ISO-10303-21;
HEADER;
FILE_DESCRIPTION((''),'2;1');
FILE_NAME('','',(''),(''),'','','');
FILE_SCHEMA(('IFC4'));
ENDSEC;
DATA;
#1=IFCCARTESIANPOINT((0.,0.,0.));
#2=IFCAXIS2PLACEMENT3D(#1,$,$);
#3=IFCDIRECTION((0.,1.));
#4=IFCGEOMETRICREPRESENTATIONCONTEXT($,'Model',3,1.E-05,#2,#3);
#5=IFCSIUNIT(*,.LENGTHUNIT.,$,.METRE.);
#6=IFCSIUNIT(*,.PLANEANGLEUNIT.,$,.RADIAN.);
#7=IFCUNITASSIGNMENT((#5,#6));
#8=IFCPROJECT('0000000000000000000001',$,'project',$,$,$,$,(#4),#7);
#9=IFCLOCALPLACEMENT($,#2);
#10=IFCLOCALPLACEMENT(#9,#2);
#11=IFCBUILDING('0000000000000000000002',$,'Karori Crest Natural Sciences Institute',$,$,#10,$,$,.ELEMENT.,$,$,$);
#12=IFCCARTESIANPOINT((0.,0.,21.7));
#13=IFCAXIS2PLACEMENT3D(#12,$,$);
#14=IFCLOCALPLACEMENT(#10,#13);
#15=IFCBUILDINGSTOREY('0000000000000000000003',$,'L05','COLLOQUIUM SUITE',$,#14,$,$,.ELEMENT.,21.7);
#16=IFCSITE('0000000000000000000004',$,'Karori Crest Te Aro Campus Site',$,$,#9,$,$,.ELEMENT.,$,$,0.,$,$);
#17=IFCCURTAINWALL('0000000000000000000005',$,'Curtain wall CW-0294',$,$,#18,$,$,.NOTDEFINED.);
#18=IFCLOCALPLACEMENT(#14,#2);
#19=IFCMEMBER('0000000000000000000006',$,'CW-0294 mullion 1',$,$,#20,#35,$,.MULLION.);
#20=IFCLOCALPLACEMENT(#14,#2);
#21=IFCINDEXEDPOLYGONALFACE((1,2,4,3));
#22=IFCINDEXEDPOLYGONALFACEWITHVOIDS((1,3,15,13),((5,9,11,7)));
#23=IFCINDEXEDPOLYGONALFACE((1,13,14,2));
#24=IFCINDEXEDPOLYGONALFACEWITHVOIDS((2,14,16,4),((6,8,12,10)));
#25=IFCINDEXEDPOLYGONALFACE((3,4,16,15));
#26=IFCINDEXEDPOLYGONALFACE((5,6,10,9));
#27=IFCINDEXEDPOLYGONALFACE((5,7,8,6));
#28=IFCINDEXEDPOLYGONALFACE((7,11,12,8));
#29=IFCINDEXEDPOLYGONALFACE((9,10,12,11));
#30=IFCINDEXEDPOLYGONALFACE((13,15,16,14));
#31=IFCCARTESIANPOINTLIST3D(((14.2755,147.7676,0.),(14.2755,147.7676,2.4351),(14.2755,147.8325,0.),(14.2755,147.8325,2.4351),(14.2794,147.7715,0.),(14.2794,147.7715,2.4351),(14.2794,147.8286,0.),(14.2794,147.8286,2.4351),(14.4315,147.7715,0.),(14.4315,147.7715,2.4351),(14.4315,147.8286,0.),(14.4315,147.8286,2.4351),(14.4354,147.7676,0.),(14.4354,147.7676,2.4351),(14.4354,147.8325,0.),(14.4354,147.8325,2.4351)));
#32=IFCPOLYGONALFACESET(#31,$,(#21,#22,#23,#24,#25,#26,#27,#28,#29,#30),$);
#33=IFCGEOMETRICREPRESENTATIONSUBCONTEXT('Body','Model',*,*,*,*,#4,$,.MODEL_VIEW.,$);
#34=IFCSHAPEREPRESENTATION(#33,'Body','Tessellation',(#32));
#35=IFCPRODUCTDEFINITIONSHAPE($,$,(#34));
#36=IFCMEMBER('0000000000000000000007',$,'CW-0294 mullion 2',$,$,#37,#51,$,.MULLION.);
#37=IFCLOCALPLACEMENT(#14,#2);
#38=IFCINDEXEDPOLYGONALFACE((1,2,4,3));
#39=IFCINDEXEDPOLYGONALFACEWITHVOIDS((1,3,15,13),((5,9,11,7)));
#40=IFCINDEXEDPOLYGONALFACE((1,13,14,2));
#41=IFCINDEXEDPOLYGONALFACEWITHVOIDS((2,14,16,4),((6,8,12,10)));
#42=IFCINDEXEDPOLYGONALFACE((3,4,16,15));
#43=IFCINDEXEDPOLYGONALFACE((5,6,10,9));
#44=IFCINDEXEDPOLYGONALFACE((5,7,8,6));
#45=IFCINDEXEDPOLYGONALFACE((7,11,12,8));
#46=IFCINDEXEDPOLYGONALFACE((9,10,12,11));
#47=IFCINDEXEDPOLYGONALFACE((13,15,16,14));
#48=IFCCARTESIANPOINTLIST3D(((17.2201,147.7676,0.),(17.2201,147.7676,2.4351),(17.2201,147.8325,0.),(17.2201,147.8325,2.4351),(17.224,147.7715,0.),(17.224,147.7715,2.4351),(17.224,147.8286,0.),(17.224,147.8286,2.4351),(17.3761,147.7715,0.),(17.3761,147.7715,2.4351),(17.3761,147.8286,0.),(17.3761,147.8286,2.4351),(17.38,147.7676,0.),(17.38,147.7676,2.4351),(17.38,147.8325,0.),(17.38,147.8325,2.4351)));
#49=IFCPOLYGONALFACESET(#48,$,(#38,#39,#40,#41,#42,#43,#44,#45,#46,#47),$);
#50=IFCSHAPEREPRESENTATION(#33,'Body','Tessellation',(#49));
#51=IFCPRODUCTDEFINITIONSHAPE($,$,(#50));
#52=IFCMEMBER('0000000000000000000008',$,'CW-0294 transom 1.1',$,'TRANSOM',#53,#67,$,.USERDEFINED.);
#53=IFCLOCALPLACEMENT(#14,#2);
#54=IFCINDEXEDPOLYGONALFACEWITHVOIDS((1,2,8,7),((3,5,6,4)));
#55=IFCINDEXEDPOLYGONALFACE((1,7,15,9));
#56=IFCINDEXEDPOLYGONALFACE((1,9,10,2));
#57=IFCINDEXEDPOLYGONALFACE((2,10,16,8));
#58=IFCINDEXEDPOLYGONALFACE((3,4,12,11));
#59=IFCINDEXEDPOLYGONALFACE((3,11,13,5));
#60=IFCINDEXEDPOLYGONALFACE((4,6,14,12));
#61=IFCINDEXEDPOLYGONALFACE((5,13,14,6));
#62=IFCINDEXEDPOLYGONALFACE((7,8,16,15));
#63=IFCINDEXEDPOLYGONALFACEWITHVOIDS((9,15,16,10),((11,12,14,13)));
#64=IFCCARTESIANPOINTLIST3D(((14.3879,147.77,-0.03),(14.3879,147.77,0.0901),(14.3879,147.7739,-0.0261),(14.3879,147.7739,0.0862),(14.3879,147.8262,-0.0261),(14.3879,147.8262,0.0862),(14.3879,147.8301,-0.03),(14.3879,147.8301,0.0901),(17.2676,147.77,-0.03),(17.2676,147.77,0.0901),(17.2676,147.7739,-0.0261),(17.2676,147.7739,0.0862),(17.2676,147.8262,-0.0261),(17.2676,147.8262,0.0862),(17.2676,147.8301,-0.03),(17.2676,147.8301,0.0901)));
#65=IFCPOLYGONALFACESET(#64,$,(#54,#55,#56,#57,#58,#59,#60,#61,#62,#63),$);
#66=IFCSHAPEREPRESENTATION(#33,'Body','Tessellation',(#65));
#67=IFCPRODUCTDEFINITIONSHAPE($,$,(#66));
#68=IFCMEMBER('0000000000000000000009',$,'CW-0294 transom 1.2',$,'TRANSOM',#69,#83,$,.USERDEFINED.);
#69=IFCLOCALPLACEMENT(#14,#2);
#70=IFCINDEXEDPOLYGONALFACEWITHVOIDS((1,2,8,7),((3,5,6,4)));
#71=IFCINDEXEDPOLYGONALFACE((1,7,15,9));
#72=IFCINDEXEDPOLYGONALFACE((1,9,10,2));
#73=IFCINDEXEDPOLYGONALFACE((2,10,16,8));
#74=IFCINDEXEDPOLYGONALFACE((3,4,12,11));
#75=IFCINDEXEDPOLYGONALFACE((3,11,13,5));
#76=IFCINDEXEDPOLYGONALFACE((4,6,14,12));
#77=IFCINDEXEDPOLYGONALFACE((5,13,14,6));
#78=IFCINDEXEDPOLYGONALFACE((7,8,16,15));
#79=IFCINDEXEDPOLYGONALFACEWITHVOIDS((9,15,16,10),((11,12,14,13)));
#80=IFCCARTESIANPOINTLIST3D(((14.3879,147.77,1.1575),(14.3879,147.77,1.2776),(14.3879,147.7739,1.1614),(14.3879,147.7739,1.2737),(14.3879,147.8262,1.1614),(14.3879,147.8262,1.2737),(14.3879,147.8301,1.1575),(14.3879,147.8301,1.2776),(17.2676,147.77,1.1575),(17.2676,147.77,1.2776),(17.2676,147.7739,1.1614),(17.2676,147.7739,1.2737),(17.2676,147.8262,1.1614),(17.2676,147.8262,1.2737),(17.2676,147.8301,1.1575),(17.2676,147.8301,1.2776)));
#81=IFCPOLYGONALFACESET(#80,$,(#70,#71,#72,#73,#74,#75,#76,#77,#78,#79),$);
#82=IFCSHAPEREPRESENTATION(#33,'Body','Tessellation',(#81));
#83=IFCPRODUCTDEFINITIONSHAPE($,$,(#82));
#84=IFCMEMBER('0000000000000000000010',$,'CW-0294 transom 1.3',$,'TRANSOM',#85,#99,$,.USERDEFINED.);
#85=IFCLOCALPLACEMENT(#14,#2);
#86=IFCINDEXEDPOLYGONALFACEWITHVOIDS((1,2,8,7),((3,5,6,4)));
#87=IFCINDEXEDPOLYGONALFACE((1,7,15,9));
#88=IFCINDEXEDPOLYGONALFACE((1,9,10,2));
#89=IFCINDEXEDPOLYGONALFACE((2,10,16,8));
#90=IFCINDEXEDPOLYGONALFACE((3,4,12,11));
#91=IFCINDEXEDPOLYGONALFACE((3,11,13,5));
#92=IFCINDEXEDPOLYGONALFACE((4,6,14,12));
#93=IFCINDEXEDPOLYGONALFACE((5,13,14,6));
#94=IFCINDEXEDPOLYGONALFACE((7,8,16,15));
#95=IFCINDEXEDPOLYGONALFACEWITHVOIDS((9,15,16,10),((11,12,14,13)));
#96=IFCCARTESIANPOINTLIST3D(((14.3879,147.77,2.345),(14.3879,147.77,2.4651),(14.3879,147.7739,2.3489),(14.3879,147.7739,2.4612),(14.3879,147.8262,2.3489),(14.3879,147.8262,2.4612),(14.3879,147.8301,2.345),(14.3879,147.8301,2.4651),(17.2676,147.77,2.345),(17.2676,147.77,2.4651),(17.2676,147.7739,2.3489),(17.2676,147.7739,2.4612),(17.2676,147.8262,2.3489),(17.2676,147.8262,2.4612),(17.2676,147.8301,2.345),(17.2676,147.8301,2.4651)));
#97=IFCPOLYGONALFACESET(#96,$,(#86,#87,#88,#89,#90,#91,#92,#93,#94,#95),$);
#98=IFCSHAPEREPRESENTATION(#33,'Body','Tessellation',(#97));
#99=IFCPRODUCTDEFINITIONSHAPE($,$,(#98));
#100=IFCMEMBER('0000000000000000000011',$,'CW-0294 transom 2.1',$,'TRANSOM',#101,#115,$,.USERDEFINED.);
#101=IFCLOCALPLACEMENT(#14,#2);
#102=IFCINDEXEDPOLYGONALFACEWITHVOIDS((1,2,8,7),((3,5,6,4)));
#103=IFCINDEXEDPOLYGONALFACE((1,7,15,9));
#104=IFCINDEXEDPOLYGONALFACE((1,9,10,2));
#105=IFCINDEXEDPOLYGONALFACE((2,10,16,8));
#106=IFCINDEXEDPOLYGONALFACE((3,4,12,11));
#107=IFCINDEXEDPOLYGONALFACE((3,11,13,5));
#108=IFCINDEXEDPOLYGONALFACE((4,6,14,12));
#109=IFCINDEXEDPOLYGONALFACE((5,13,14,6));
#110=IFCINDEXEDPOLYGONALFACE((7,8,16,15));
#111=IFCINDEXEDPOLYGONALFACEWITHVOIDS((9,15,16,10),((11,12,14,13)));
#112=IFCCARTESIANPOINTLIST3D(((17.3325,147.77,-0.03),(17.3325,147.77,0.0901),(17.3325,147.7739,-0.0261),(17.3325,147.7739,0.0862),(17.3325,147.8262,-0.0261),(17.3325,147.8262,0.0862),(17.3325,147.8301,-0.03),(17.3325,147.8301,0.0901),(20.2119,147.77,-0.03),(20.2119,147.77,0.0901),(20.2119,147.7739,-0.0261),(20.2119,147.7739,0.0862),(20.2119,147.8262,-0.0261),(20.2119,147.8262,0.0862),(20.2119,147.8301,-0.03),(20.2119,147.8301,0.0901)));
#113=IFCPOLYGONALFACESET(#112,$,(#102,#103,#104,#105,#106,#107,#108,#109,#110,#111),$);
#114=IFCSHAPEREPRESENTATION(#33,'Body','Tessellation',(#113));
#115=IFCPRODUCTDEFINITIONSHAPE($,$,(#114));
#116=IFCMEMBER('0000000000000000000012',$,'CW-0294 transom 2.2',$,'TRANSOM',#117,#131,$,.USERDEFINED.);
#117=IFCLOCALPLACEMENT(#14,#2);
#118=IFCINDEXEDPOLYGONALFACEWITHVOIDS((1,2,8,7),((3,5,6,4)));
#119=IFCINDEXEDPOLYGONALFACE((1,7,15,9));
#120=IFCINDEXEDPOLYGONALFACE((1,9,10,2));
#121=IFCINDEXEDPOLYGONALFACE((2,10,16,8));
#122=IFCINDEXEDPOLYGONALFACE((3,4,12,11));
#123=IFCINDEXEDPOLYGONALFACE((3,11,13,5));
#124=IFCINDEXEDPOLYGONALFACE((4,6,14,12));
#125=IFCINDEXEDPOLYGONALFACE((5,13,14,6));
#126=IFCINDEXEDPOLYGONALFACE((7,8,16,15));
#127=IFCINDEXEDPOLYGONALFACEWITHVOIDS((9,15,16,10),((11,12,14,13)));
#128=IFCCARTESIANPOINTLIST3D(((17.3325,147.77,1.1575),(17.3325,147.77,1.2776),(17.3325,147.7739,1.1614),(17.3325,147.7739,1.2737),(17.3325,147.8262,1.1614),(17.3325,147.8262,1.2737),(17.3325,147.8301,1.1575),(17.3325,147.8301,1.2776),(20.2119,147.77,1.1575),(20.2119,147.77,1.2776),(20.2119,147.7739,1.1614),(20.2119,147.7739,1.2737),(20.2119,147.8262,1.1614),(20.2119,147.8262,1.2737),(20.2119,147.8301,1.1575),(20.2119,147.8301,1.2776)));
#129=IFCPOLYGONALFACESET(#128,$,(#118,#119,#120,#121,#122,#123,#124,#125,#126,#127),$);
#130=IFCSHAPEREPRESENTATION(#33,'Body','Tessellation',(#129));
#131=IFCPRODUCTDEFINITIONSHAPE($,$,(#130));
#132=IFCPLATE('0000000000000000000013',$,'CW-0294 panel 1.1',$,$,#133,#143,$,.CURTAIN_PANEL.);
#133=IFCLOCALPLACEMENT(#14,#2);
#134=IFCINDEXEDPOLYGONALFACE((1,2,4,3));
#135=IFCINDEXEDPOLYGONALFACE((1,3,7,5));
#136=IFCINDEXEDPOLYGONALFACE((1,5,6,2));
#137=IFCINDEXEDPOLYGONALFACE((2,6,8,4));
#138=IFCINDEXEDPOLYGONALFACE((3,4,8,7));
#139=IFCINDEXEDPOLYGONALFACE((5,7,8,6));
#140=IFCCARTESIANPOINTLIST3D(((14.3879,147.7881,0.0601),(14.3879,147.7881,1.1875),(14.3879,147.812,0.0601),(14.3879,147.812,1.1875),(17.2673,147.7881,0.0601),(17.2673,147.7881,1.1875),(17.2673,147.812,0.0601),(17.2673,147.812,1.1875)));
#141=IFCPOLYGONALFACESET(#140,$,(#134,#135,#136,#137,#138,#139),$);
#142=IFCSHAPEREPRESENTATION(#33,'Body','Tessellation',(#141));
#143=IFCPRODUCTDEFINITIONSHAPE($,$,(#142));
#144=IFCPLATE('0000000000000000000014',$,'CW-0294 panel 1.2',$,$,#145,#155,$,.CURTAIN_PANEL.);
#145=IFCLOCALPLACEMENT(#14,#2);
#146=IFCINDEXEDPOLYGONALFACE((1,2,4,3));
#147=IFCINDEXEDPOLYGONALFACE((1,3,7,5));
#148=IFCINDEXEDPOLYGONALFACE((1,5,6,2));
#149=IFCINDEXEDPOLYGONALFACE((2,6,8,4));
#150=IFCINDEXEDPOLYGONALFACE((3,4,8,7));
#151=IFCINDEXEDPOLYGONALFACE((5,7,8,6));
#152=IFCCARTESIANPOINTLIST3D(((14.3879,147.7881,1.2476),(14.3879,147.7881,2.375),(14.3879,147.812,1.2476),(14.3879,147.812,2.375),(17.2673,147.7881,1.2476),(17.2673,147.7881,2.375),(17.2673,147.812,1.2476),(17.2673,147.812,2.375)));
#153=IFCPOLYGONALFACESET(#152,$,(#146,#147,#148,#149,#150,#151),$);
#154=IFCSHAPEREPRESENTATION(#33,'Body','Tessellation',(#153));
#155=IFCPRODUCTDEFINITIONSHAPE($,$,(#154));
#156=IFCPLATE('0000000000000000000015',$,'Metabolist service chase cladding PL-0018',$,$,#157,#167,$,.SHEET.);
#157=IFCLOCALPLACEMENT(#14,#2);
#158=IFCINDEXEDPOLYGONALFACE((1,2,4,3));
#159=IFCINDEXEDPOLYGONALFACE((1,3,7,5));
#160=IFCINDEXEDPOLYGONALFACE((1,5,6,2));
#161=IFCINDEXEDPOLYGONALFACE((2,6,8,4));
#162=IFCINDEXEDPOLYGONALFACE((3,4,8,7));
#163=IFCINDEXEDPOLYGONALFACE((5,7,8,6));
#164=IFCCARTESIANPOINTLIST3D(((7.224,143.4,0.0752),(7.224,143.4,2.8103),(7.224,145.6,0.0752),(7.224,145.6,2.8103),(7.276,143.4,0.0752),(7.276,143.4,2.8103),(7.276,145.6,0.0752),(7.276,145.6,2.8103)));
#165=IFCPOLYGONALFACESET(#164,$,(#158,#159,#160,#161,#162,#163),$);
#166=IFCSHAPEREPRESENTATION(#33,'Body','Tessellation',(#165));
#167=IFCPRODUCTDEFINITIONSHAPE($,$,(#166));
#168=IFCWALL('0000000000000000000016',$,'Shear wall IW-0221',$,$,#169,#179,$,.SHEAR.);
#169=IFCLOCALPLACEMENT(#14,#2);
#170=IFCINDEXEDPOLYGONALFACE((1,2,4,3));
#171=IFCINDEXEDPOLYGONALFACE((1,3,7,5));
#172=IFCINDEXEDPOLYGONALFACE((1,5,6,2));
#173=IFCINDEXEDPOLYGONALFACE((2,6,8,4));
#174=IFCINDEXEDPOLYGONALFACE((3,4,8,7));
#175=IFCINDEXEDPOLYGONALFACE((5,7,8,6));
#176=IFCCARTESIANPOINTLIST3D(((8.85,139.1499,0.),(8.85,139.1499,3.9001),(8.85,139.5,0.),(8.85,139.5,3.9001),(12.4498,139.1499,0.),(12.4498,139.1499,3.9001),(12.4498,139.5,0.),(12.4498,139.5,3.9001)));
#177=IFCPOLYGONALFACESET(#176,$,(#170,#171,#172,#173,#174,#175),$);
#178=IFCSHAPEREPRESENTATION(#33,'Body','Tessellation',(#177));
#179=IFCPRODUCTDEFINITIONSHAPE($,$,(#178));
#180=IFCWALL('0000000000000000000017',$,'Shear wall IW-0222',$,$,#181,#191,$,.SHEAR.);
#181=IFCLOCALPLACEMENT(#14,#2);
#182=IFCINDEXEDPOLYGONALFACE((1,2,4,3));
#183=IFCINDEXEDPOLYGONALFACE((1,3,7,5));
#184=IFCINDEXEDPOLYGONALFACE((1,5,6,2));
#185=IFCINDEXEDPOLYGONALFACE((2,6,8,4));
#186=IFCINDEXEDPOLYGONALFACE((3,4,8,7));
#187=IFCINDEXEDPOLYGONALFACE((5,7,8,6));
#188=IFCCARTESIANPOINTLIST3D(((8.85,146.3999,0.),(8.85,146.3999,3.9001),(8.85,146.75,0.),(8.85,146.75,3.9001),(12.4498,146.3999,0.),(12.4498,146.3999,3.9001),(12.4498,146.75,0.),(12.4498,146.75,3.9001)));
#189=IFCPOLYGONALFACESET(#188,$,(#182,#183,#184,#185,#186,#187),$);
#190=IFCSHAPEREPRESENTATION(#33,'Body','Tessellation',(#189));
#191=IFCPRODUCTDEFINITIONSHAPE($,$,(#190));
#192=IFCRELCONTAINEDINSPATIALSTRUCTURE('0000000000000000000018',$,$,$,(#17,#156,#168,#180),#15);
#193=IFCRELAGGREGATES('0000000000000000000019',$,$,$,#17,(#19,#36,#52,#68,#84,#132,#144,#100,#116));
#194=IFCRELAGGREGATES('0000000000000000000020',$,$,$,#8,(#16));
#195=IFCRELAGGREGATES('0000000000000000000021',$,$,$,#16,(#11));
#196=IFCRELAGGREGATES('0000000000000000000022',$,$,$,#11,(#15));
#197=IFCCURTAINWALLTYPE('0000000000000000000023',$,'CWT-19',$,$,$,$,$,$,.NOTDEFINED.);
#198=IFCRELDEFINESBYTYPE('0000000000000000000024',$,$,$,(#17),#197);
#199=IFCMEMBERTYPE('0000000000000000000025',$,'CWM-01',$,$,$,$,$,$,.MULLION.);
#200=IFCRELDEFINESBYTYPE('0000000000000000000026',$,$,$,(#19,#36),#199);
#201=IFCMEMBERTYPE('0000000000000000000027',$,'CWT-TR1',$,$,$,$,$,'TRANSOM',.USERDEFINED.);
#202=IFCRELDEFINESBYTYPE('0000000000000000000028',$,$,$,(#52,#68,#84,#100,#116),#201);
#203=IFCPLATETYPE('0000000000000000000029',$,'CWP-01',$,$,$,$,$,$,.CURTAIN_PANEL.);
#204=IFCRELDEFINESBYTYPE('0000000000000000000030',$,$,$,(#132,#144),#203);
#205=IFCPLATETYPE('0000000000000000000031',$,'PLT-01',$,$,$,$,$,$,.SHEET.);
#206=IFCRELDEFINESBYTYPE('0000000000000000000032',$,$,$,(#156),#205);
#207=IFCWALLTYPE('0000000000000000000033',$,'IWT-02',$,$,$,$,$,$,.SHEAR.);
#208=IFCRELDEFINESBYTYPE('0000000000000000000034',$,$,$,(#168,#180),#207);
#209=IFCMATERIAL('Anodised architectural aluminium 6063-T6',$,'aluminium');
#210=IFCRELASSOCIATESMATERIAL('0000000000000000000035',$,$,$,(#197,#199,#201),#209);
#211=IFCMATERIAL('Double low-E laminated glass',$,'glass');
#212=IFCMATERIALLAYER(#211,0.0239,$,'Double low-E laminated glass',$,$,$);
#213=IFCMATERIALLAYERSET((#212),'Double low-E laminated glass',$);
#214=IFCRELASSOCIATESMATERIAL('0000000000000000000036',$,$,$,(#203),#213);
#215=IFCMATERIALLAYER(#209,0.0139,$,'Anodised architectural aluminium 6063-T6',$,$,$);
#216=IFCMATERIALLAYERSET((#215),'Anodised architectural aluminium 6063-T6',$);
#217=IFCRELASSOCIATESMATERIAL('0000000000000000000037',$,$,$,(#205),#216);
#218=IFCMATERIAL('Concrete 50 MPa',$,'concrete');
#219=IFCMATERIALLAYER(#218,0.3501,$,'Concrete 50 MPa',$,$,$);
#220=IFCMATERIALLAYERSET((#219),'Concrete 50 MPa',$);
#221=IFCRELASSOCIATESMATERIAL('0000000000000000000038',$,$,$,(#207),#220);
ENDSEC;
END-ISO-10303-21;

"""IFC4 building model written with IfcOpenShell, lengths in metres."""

from ifc_helpers import new_model, si_unit, direction, frame, frame_2d, origin, origin_2d, place, context, subcontext, project, spatial, rectangle, hollow_rectangle, extrude, material, layer, layer_set, material_profile, profile_set, type_object, element, aggregate, save


model = new_model("IFC4")

# Units and contexts
model_context = context("Model", 3, precision=1e-05, world=origin(), true_north=direction((0.0, 1.0)))
body_context = subcontext(model_context, "Body", "Model", "MODEL_VIEW")
ifc_project = project(units=[si_unit("LENGTHUNIT", "METRE"), si_unit("PLANEANGLEUNIT", "RADIAN")], contexts=[model_context])

# Site, building, storey
site_placement = place(None, origin())
site = spatial("IfcSite", under=ifc_project, at=site_placement, Name="Karori Crest Te Aro Campus Site", CompositionType="ELEMENT", RefElevation=0.0)
building_placement = place(site_placement, origin())
building = spatial("IfcBuilding", under=site, at=building_placement, Name="Karori Crest Natural Sciences Institute", CompositionType="ELEMENT")
storey_placement = place(building_placement, frame((0.0, 0.0, 21.7)))
storey = spatial("IfcBuildingStorey", under=building, at=storey_placement, Name="L05", Description="COLLOQUIUM SUITE", CompositionType="ELEMENT", Elevation=21.7)

# Shared definitions
ifc_material_1 = material(Name="Concrete 50 MPa", Category="concrete")

# Curtain wall, members, plates
ifc_material_2 = material(Name="Anodised architectural aluminium 6063-T6", Category="aluminium")
curtain_wall_type = type_object("IfcCurtainWallType", Name="CWT-19", PredefinedType="NOTDEFINED", material=ifc_material_2)
curtain_wall_placement = place(storey_placement, origin())
curtain_wall = element("IfcCurtainWall", 1, at=curtain_wall_placement, inside=storey, type_object=curtain_wall_type, Name="Curtain wall CW-0294", PredefinedType="NOTDEFINED")
ifc_material_profile_1 = material_profile(ifc_material_2, hollow_rectangle(XDim=0.0649, YDim=0.1599, WallThickness=0.0039, at=origin_2d()), Name="CWM160x65x4")
ifc_profile_set_1 = profile_set([ifc_material_profile_1], Name="Anodised architectural aluminium 6063-T6")
member_type_1 = type_object("IfcMemberType", Name="CWM-01", PredefinedType="MULLION", material=ifc_profile_set_1)
member_1_placement = place(storey_placement, frame((14.3555, 147.8, 0.0), z_axis=(0.0, 0.0, 1.0), x_axis=(0.0, 1.0, 0.0)))
member_1 = element("IfcMember", 2, at=member_1_placement, type_object=member_type_1, Name="CW-0294 mullion 1", PredefinedType="MULLION", context=body_context, shape_type="SweptSolid", body=[
    extrude(hollow_rectangle(XDim=0.0649, YDim=0.1599, WallThickness=0.0039, at=origin_2d()), origin(), (0.0, 0.0, 1.0), 2.4351),
])
member_2_placement = place(storey_placement, frame((17.3, 147.8, 0.0), z_axis=(0.0, 0.0, 1.0), x_axis=(0.0, 1.0, 0.0)))
member_2 = element("IfcMember", 3, at=member_2_placement, type_object=member_type_1, Name="CW-0294 mullion 2", PredefinedType="MULLION", context=body_context, shape_type="SweptSolid", body=[
    extrude(hollow_rectangle(XDim=0.0649, YDim=0.1599, WallThickness=0.0039, at=origin_2d()), origin(), (0.0, 0.0, 1.0), 2.4351),
])
ifc_material_profile_2 = material_profile(ifc_material_2, hollow_rectangle(XDim=0.0601, YDim=0.1201, WallThickness=0.0039, at=origin_2d()), Name="CWT120x60x4")
ifc_profile_set_2 = profile_set([ifc_material_profile_2], Name="Anodised architectural aluminium 6063-T6")
member_type_2 = type_object("IfcMemberType", Name="CWT-TR1", ElementType="TRANSOM", PredefinedType="USERDEFINED", material=ifc_profile_set_2)
member_3_placement = place(storey_placement, frame((14.3879, 147.8, 0.03), z_axis=(1.0, 0.0, 0.0), x_axis=(0.0, 1.0, 0.0)))
member_3 = element("IfcMember", 4, at=member_3_placement, type_object=member_type_2, Name="CW-0294 transom 1.1", ObjectType="TRANSOM", PredefinedType="USERDEFINED", context=body_context, shape_type="SweptSolid", body=[
    extrude(hollow_rectangle(XDim=0.0601, YDim=0.1201, WallThickness=0.0039, at=origin_2d()), origin(), (0.0, 0.0, 1.0), 2.8796),
])
member_4_placement = place(storey_placement, frame((14.3879, 147.8, 1.2175), z_axis=(1.0, 0.0, 0.0), x_axis=(0.0, 1.0, 0.0)))
member_4 = element("IfcMember", 5, at=member_4_placement, type_object=member_type_2, Name="CW-0294 transom 1.2", ObjectType="TRANSOM", PredefinedType="USERDEFINED", context=body_context, shape_type="SweptSolid", body=[
    extrude(hollow_rectangle(XDim=0.0601, YDim=0.1201, WallThickness=0.0039, at=origin_2d()), origin(), (0.0, 0.0, 1.0), 2.8796),
])
member_5_placement = place(storey_placement, frame((14.3879, 147.8, 2.405), z_axis=(1.0, 0.0, 0.0), x_axis=(0.0, 1.0, 0.0)))
member_5 = element("IfcMember", 6, at=member_5_placement, type_object=member_type_2, Name="CW-0294 transom 1.3", ObjectType="TRANSOM", PredefinedType="USERDEFINED", context=body_context, shape_type="SweptSolid", body=[
    extrude(hollow_rectangle(XDim=0.0601, YDim=0.1201, WallThickness=0.0039, at=origin_2d()), origin(), (0.0, 0.0, 1.0), 2.8796),
])
member_6_placement = place(storey_placement, frame((17.3325, 147.8, 0.03), z_axis=(1.0, 0.0, 0.0), x_axis=(0.0, 1.0, 0.0)))
member_6 = element("IfcMember", 7, at=member_6_placement, type_object=member_type_2, Name="CW-0294 transom 2.1", ObjectType="TRANSOM", PredefinedType="USERDEFINED", context=body_context, shape_type="SweptSolid", body=[
    extrude(hollow_rectangle(XDim=0.0601, YDim=0.1201, WallThickness=0.0039, at=origin_2d()), origin(), (0.0, 0.0, 1.0), 2.8794),
])
member_7_placement = place(storey_placement, frame((17.3325, 147.8, 1.2175), z_axis=(1.0, 0.0, 0.0), x_axis=(0.0, 1.0, 0.0)))
member_7 = element("IfcMember", 8, at=member_7_placement, type_object=member_type_2, Name="CW-0294 transom 2.2", ObjectType="TRANSOM", PredefinedType="USERDEFINED", context=body_context, shape_type="SweptSolid", body=[
    extrude(hollow_rectangle(XDim=0.0601, YDim=0.1201, WallThickness=0.0039, at=origin_2d()), origin(), (0.0, 0.0, 1.0), 2.8794),
])
ifc_material_3 = material(Name="Double low-E laminated glass", Category="glass")
ifc_layer_1 = layer(ifc_material_3, 0.0239, Name="Double low-E laminated glass")
ifc_layer_set_1 = layer_set([ifc_layer_1], Name="Double low-E laminated glass")
plate_type_1 = type_object("IfcPlateType", Name="CWP-01", PredefinedType="CURTAIN_PANEL", material=ifc_layer_set_1)
plate_1_placement = place(storey_placement, frame((15.8276, 147.8, 0.0601), z_axis=(0.0, 0.0, 1.0), x_axis=(1.0, 0.0, 0.0)))
plate_1 = element("IfcPlate", 9, at=plate_1_placement, type_object=plate_type_1, Name="CW-0294 panel 1.1", PredefinedType="CURTAIN_PANEL", context=body_context, shape_type="SweptSolid", body=[
    extrude(rectangle(XDim=2.8794, YDim=0.0239, at=origin_2d()), origin(), (0.0, 0.0, 1.0), 1.1274),
])
plate_2_placement = place(storey_placement, frame((15.8276, 147.8, 1.2476), z_axis=(0.0, 0.0, 1.0), x_axis=(1.0, 0.0, 0.0)))
plate_2 = element("IfcPlate", 10, at=plate_2_placement, type_object=plate_type_1, Name="CW-0294 panel 1.2", PredefinedType="CURTAIN_PANEL", context=body_context, shape_type="SweptSolid", body=[
    extrude(rectangle(XDim=2.8794, YDim=0.0239, at=origin_2d()), origin(), (0.0, 0.0, 1.0), 1.1274),
])
aggregate(curtain_wall, [member_1, member_2, member_3, member_4, member_5, plate_1, plate_2, member_6, member_7])

# Plate
ifc_layer_2 = layer(ifc_material_2, 0.0139, Name="Anodised architectural aluminium 6063-T6")
ifc_layer_set_2 = layer_set([ifc_layer_2], Name="Anodised architectural aluminium 6063-T6")
plate_type_2 = type_object("IfcPlateType", Name="PLT-01", PredefinedType="SHEET", material=ifc_layer_set_2)
plate_3_placement = place(storey_placement, frame((7.25, 144.5, 0.0752), z_axis=(0.0, 0.0, 1.0), x_axis=(1.0, 0.0, 0.0)))
element("IfcPlate", 11, at=plate_3_placement, inside=storey, type_object=plate_type_2, Name="Metabolist service chase cladding PL-0018", PredefinedType="SHEET", context=body_context, shape_type="SweptSolid", body=[
    extrude(rectangle(XDim=0.052, YDim=2.2, at=origin_2d()), origin(), (0.0, 0.0, 1.0), 2.7351),
])

# Walls
ifc_layer_3 = layer(ifc_material_1, 0.3501, Name="Concrete 50 MPa")
ifc_layer_set_3 = layer_set([ifc_layer_3], Name="Concrete 50 MPa")
wall_type_1 = type_object("IfcWallType", Name="IWT-02", PredefinedType="SHEAR", material=ifc_layer_set_3)
for number, where, z_axis, x_axis, name in (
    (12, (8.8501, 139.325, 0.0), (0.0, 0.0, 1.0), (1.0, 0.0, 0.0), "Shear wall IW-0221"),
    (13, (8.8501, 146.575, 0.0), (0.0, 0.0, 1.0), (1.0, 0.0, 0.0), "Shear wall IW-0222"),
):
    element("IfcWall", number, at=place(storey_placement, frame(where, z_axis=z_axis, x_axis=x_axis)), inside=storey, type_object=wall_type_1, Name=name, PredefinedType="SHEAR", context=body_context, shape_type="SweptSolid", body=[
        extrude(rectangle(XDim=3.5999, YDim=0.3501, at=frame_2d((1.7998, 0.0))), origin(), (0.0, 0.0, 1.0), 3.9001),
    ])

save(model, "model.ifc")
